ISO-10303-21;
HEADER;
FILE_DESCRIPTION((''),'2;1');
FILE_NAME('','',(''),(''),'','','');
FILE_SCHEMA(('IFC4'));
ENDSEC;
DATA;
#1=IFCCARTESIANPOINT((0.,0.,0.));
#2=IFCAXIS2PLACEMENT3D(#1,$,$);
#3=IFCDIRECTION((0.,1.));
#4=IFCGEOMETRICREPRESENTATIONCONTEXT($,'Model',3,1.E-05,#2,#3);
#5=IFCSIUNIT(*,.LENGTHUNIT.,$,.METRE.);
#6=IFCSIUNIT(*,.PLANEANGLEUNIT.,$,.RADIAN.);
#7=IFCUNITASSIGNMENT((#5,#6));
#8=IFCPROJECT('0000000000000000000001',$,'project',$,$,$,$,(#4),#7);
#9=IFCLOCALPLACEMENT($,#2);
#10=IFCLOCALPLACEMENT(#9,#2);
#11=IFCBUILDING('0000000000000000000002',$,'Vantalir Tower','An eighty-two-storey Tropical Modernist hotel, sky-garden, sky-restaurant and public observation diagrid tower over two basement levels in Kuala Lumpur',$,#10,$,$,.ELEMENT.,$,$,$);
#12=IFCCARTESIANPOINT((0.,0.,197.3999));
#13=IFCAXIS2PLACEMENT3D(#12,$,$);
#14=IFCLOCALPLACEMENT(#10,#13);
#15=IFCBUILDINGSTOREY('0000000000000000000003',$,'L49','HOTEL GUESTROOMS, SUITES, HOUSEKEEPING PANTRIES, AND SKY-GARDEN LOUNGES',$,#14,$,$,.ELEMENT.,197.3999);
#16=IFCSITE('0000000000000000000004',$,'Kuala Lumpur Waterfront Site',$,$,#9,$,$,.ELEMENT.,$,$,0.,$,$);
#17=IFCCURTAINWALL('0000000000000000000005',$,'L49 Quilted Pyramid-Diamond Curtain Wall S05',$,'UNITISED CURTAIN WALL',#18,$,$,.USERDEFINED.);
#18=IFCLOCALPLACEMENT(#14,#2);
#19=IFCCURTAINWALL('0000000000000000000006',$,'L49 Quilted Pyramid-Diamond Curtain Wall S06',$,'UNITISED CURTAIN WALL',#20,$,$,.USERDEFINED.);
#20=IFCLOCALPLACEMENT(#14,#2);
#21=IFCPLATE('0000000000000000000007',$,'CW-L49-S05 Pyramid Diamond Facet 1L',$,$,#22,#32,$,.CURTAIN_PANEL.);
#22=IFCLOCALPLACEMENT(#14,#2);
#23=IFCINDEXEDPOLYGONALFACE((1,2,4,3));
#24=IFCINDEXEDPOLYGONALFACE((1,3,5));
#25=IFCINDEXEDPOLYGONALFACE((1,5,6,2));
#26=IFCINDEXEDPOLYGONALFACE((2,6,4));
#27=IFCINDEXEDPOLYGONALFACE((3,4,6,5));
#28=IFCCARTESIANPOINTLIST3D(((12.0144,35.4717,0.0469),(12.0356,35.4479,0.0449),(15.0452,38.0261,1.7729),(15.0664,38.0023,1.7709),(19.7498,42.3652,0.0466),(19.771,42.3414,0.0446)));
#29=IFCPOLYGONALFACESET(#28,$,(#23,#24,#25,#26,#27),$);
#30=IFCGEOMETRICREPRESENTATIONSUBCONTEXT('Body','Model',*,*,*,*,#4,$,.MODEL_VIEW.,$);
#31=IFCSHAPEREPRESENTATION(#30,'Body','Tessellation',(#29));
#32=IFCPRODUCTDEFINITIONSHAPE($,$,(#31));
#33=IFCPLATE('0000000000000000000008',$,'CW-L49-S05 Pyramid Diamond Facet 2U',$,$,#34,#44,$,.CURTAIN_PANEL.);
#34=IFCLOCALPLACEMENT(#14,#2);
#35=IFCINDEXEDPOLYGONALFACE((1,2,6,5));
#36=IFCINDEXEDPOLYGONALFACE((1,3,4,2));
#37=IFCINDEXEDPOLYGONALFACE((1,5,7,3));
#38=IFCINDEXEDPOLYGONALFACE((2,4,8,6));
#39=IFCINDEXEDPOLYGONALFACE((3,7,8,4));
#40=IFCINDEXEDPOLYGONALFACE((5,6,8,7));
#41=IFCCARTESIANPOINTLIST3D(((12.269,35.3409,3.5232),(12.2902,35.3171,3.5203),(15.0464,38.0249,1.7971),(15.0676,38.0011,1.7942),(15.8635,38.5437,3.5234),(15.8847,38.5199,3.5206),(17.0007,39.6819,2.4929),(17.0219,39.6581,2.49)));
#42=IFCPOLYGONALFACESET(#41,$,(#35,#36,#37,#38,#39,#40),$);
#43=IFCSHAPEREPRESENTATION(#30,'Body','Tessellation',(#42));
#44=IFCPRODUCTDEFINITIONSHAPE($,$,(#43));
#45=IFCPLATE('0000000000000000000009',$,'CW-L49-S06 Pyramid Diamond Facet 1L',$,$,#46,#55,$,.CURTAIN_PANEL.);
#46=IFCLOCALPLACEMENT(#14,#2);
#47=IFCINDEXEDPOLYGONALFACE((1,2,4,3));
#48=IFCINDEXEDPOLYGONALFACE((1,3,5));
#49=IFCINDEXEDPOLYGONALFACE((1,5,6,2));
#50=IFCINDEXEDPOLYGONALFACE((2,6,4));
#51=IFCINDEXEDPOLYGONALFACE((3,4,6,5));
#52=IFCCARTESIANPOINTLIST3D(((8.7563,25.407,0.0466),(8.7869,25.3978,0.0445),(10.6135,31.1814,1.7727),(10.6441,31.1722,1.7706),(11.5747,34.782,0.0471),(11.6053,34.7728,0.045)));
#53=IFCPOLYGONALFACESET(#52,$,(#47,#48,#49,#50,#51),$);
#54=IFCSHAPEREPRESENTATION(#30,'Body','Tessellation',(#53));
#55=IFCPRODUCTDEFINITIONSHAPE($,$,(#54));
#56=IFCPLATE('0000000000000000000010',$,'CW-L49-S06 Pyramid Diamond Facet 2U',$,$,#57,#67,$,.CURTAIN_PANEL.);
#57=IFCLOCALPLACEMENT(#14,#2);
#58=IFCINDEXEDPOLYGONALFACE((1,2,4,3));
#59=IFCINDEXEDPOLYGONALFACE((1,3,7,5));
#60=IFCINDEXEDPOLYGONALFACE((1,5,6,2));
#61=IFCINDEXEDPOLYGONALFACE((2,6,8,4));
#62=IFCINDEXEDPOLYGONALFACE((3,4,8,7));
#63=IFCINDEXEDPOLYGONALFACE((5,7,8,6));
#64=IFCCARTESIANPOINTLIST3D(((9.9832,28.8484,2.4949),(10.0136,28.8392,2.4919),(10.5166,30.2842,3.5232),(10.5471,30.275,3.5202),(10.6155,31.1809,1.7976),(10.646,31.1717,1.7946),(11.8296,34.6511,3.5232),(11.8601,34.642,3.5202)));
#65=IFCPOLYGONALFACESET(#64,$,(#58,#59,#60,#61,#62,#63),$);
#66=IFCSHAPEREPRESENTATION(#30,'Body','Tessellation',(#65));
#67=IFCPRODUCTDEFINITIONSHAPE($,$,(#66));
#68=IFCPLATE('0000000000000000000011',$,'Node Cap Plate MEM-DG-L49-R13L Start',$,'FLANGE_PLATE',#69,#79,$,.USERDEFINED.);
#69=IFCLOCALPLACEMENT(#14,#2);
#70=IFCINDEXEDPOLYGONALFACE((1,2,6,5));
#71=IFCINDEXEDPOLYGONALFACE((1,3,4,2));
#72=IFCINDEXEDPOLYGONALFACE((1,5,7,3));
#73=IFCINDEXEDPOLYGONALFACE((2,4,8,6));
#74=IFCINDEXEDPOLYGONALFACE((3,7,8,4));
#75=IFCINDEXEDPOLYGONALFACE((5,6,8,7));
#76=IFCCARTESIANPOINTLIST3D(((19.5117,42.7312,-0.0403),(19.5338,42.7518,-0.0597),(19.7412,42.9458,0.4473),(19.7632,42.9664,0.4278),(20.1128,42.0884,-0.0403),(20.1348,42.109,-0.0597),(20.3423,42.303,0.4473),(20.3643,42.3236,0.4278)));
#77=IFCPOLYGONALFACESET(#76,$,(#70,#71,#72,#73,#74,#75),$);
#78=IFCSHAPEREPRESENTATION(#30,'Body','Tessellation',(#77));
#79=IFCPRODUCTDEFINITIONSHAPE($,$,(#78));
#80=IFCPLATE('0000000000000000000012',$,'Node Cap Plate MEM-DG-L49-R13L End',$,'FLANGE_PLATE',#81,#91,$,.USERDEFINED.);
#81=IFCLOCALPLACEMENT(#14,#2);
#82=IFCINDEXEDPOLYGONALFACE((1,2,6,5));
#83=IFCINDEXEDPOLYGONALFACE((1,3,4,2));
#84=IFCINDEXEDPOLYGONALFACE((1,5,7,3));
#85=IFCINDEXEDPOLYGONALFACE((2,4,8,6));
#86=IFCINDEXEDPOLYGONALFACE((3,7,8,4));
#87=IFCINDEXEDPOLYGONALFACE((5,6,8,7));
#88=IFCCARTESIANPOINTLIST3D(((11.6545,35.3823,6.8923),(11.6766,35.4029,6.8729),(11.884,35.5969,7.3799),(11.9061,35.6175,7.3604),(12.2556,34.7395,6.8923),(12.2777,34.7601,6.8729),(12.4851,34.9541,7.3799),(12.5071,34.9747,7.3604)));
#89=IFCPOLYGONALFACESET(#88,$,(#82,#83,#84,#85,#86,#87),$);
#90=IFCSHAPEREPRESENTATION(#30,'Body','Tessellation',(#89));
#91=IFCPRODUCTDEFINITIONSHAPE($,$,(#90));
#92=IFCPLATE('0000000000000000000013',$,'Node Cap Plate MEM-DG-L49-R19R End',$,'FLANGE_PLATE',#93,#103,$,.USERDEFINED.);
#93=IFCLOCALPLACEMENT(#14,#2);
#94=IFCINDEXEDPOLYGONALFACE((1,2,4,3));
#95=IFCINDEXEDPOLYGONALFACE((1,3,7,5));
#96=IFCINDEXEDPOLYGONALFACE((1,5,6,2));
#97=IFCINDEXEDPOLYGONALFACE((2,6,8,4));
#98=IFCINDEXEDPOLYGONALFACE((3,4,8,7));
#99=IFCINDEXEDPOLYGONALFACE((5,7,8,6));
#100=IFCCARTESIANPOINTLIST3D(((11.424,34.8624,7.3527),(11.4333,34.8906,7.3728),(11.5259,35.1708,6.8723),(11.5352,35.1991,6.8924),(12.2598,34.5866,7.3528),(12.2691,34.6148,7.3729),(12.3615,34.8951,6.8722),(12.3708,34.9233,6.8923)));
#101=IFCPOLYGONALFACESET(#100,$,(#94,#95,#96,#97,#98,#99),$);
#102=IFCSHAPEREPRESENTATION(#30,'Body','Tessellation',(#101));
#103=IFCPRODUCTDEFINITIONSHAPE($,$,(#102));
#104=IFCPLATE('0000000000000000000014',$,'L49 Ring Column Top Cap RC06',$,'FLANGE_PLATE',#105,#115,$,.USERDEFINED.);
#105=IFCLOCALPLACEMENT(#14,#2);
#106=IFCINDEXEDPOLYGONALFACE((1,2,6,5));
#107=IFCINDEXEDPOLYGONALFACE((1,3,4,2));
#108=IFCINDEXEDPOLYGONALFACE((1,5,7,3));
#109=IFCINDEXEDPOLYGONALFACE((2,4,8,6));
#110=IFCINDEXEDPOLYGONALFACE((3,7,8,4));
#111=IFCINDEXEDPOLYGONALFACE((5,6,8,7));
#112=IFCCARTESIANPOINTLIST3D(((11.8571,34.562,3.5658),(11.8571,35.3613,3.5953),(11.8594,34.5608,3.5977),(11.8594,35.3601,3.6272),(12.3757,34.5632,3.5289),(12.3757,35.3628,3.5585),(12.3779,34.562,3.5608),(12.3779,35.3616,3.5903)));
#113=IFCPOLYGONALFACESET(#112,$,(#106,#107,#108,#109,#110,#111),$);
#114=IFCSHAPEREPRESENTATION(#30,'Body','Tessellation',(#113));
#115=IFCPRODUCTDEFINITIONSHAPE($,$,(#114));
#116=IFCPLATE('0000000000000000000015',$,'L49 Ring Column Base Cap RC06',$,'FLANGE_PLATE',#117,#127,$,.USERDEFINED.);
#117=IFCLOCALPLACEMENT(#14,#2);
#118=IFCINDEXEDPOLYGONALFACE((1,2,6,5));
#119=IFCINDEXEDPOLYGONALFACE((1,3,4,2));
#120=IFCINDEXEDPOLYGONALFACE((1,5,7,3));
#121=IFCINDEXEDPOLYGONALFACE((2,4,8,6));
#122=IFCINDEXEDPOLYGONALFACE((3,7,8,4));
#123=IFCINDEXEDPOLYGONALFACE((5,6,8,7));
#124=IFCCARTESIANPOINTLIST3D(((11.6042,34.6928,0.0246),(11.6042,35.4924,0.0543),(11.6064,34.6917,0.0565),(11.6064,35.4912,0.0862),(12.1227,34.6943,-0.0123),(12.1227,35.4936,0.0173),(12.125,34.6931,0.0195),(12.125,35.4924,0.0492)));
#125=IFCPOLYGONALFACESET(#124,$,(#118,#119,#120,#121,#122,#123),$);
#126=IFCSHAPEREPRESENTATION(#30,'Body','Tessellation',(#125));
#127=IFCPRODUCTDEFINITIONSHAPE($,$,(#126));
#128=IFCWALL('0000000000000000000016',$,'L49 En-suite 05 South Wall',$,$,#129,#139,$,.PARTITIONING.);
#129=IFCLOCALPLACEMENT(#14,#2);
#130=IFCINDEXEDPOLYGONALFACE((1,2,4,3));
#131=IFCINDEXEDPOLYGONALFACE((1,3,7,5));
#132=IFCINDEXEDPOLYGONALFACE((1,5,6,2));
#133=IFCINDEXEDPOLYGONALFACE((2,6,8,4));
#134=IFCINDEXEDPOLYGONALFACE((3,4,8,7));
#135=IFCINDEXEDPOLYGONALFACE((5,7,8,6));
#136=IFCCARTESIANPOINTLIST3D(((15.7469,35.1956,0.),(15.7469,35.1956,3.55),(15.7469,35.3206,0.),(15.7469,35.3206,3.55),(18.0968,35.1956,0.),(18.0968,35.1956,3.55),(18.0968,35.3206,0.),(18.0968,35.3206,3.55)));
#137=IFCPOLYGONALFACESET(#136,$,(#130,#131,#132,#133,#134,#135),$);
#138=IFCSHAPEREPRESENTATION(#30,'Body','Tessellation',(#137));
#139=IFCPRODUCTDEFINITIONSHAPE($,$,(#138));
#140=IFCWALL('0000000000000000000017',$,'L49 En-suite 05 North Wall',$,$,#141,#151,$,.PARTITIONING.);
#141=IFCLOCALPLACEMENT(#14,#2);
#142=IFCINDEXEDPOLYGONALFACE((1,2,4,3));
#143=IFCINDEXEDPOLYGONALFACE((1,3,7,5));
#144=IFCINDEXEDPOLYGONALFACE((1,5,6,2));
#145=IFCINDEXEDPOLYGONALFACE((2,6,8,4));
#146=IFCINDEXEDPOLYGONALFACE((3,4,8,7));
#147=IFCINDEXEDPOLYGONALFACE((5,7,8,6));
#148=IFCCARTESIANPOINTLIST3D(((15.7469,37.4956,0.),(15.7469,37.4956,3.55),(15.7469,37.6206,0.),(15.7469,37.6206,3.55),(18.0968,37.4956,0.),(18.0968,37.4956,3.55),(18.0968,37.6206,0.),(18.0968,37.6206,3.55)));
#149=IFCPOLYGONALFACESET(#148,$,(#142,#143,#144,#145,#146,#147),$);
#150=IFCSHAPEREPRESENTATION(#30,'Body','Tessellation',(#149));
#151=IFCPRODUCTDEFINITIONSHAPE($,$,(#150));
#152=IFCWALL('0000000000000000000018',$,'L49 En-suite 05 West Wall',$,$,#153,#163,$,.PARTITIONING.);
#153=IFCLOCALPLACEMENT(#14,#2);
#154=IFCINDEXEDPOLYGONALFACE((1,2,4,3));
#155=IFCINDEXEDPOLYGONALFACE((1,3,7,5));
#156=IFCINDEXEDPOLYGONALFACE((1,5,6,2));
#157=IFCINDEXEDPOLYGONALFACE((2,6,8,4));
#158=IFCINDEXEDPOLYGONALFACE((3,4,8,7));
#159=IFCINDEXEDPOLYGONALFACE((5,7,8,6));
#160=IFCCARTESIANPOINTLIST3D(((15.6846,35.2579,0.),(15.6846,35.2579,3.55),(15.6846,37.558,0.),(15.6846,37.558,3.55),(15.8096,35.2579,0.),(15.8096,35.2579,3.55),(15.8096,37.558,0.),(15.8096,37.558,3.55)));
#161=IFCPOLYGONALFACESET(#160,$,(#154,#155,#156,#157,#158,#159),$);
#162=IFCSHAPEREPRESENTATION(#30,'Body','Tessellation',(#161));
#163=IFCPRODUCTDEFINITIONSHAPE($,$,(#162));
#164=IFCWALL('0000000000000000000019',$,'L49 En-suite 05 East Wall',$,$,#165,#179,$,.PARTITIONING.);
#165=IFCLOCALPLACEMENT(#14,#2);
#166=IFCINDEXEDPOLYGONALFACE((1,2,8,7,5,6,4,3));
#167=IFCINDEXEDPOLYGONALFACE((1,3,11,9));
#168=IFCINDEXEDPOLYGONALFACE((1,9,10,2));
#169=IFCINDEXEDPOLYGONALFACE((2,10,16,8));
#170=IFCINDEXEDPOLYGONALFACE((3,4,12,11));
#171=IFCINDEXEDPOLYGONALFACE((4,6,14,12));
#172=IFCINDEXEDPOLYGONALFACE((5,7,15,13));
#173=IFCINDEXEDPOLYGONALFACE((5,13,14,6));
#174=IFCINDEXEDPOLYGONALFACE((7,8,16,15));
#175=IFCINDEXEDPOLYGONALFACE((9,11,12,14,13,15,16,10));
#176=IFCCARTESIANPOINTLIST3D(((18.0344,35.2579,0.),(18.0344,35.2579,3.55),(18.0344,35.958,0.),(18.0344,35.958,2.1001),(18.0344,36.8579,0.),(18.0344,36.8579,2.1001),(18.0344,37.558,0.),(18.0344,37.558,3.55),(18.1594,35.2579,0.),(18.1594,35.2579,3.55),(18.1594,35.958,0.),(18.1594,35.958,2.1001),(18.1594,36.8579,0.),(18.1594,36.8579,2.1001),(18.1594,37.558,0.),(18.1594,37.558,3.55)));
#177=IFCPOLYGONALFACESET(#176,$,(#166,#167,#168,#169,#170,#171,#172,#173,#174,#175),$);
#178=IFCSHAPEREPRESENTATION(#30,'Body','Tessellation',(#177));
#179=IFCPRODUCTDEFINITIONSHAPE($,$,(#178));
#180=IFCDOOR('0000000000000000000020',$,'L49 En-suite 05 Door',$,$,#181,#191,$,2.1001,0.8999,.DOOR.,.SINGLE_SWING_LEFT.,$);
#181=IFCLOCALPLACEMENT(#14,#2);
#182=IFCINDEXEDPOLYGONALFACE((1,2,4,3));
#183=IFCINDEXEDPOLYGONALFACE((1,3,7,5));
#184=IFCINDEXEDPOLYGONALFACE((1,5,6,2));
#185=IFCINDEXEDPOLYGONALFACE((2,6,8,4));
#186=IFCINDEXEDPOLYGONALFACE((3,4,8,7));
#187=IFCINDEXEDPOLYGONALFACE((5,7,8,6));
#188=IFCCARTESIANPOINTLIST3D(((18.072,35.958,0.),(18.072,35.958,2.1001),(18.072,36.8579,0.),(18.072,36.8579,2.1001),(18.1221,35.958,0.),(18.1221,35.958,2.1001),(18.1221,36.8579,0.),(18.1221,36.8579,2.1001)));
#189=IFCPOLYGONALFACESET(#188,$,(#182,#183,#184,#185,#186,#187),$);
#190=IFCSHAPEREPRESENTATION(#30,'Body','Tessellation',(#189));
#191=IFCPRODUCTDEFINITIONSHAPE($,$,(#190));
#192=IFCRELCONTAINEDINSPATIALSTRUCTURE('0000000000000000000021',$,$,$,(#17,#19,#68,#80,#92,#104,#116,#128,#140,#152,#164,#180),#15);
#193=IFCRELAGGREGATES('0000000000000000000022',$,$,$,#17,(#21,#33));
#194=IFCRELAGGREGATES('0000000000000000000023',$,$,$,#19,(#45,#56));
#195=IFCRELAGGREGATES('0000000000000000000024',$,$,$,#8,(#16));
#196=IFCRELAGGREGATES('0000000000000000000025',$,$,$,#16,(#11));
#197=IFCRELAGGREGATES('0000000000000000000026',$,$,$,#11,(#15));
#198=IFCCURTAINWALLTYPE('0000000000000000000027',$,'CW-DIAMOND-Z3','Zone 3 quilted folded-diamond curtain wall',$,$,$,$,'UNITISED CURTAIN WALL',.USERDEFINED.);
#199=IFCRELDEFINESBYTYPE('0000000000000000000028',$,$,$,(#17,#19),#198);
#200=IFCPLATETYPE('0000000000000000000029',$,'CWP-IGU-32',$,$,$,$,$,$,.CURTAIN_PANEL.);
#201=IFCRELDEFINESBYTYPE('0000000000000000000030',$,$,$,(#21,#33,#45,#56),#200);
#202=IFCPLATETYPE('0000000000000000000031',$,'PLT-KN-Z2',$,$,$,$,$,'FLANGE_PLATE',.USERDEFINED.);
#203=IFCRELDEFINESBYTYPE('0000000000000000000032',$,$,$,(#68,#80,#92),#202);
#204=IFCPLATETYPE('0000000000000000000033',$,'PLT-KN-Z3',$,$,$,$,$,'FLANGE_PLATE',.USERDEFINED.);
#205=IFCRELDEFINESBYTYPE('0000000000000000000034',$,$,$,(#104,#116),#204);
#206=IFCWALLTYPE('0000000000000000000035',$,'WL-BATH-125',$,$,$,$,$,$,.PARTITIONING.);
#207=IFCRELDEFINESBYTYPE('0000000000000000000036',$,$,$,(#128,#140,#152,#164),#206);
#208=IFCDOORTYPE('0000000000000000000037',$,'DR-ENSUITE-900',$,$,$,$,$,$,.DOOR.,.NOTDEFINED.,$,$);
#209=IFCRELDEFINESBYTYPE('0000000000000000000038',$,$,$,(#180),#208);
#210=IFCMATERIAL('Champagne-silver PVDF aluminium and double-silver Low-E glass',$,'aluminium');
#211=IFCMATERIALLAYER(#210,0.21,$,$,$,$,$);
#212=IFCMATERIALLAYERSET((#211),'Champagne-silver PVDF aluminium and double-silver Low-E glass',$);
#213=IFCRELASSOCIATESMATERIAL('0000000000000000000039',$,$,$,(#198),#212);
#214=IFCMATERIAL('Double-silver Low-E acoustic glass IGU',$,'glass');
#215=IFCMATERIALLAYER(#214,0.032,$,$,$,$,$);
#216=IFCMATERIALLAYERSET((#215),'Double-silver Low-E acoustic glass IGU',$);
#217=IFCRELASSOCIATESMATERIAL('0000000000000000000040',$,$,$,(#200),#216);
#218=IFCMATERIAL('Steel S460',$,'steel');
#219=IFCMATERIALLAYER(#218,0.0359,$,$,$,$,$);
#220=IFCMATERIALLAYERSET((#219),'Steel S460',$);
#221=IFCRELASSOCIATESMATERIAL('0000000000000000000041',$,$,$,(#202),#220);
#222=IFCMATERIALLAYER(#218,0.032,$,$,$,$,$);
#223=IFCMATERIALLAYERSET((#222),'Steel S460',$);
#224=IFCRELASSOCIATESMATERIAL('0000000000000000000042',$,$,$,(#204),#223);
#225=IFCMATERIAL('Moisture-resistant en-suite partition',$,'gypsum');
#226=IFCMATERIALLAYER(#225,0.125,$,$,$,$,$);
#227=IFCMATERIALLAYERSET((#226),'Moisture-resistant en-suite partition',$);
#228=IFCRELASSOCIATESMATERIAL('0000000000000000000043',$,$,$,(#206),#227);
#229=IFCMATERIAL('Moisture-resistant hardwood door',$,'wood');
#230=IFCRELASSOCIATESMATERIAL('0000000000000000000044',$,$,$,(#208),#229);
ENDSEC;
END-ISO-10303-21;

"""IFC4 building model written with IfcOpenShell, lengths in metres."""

from ifc_helpers import new_model, si_unit, direction, frame, frame_2d, origin, place, context, subcontext, project, spatial, polyline, rectangle, outline, extrude, material, layer, layer_set, type_object, element, fill, aggregate, save


model = new_model("IFC4")

# Units and contexts
model_context = context("Model", 3, precision=1e-05, world=origin(), true_north=direction((0.0, 1.0)))
body_context = subcontext(model_context, "Body", "Model", "MODEL_VIEW")
ifc_project = project(units=[si_unit("LENGTHUNIT", "METRE"), si_unit("PLANEANGLEUNIT", "RADIAN")], contexts=[model_context])

# Site, building, storey
site_placement = place(None, origin())
site = spatial("IfcSite", under=ifc_project, at=site_placement, Name="Kuala Lumpur Waterfront Site", CompositionType="ELEMENT", RefElevation=0.0)
building_placement = place(site_placement, origin())
building = spatial("IfcBuilding", under=site, at=building_placement, Name="Vantalir Tower", Description="An eighty-two-storey Tropical Modernist hotel, sky-garden, sky-restaurant and public observation diagrid tower over two basement levels in Kuala Lumpur", CompositionType="ELEMENT")
storey_placement = place(building_placement, frame((0.0, 0.0, 197.3999)))
storey = spatial("IfcBuildingStorey", under=building, at=storey_placement, Name="L49", Description="HOTEL GUESTROOMS, SUITES, HOUSEKEEPING PANTRIES, AND SKY-GARDEN LOUNGES", CompositionType="ELEMENT", Elevation=197.3999)

# Shared definitions
ifc_material_1 = material(Name="Steel S460", Category="steel")

# Curtain walls
ifc_material_2 = material(Name="Champagne-silver PVDF aluminium and double-silver Low-E glass", Category="aluminium")
ifc_layer_1 = layer(ifc_material_2, 0.21)
ifc_layer_set_1 = layer_set([ifc_layer_1], Name="Champagne-silver PVDF aluminium and double-silver Low-E glass")
curtain_wall_type = type_object("IfcCurtainWallType", Name="CW-DIAMOND-Z3", Description="Zone 3 quilted folded-diamond curtain wall", ElementType="UNITISED CURTAIN WALL", PredefinedType="USERDEFINED", material=ifc_layer_set_1)
curtain_wall_1_placement = place(storey_placement, origin())
curtain_wall_1 = element("IfcCurtainWall", 1, at=curtain_wall_1_placement, inside=storey, type_object=curtain_wall_type, Name="L49 Quilted Pyramid-Diamond Curtain Wall S05", ObjectType="UNITISED CURTAIN WALL", PredefinedType="USERDEFINED")
curtain_wall_2_placement = place(storey_placement, origin())
curtain_wall_2 = element("IfcCurtainWall", 2, at=curtain_wall_2_placement, inside=storey, type_object=curtain_wall_type, Name="L49 Quilted Pyramid-Diamond Curtain Wall S06", ObjectType="UNITISED CURTAIN WALL", PredefinedType="USERDEFINED")

# Plates
ifc_material_3 = material(Name="Double-silver Low-E acoustic glass IGU", Category="glass")
ifc_layer_2 = layer(ifc_material_3, 0.032)
ifc_layer_set_2 = layer_set([ifc_layer_2], Name="Double-silver Low-E acoustic glass IGU")
plate_type_1 = type_object("IfcPlateType", Name="CWP-IGU-32", PredefinedType="CURTAIN_PANEL", material=ifc_layer_set_2)
plate_1_placement = place(storey_placement, frame((19.7498, 42.3652, 0.0466), z_axis=(-0.663984, 0.745068, 0.063233), x_axis=(-0.746561, -0.665317, 0.000024)))
plate_1 = element("IfcPlate", 3, at=plate_1_placement, type_object=plate_type_1, Name="CW-L49-S05 Pyramid Diamond Facet 1L", PredefinedType="CURTAIN_PANEL", context=body_context, shape_type="SweptSolid", body=[
    extrude(outline(polyline([(0.0, 0.0), (10.3613, 0.0), (6.3992, 1.7296), (0.0, 0.0)])), origin(), (0.0, 0.0, -1.0), 0.032),
])
plate_2_placement = place(storey_placement, frame((15.8635, 38.5437, 3.5234), z_axis=(-0.662554, 0.743569, 0.090154), x_axis=(-0.746612, -0.665259, -0.00005)))
plate_2 = element("IfcPlate", 4, at=plate_2_placement, type_object=plate_type_1, Name="CW-L49-S05 Pyramid Diamond Facet 2U", PredefinedType="CURTAIN_PANEL", context=body_context, shape_type="SweptSolid", body=[
    extrude(outline(polyline([(0.0, 0.0), (4.8144, 0.0), (0.9553, -1.7333), (-1.6062, -1.0348), (0.0, 0.0)])), origin(), (0.0, 0.0, -1.0), 0.032),
])
aggregate(curtain_wall_1, [plate_1, plate_2])
plate_3_placement = place(storey_placement, frame((11.5747, 34.782, 0.0471), z_axis=(-0.955502, 0.287244, 0.067129), x_axis=(-0.287897, -0.957661, -0.00005)))
plate_3 = element("IfcPlate", 5, at=plate_3_placement, type_object=plate_type_1, Name="CW-L49-S06 Pyramid Diamond Facet 1L", PredefinedType="CURTAIN_PANEL", context=body_context, shape_type="SweptSolid", body=[
    extrude(outline(polyline([(0.0, 0.0), (9.7895, 0.0), (3.7248, 1.7297), (0.0, 0.0)])), origin(), (0.0, 0.0, -1.0), 0.032),
])
plate_4_placement = place(storey_placement, frame((11.8296, 34.6511, 3.5232), z_axis=(-0.95338, 0.286649, 0.094333), x_axis=(-0.287933, -0.95765, 0.0)))
plate_4 = element("IfcPlate", 6, at=plate_4_placement, type_object=plate_type_1, Name="CW-L49-S06 Pyramid Diamond Facet 2U", PredefinedType="CURTAIN_PANEL", context=body_context, shape_type="SweptSolid", body=[
    extrude(outline(polyline([(0.0, 0.0), (4.5601, 0.0), (6.0886, -1.0329), (3.6728, -1.7333), (0.0, 0.0)])), origin(), (0.0, 0.0, -1.0), 0.032),
])
aggregate(curtain_wall_2, [plate_3, plate_4])

# Plates
ifc_layer_3 = layer(ifc_material_1, 0.0359)
ifc_layer_set_3 = layer_set([ifc_layer_3], Name="Steel S460")
plate_type_2 = type_object("IfcPlateType", Name="PLT-KN-Z2", ElementType="FLANGE_PLATE", PredefinedType="USERDEFINED", material=ifc_layer_set_3)
for number, where, z_axis, x_axis, name in (
    (7, (19.5117, 42.7312, -0.0403), (-0.613977, -0.574102, 0.5417), (0.68299, -0.730428, 0.0), "Node Cap Plate MEM-DG-L49-R13L Start"),
    (8, (11.6545, 35.3823, 6.8923), (-0.613977, -0.574102, 0.5417), (0.68299, -0.730428, 0.0), "Node Cap Plate MEM-DG-L49-R13L End"),
):
    element("IfcPlate", number, at=place(storey_placement, frame(where, z_axis=z_axis, x_axis=x_axis)), inside=storey, type_object=plate_type_2, Name=name, ObjectType="FLANGE_PLATE", PredefinedType="USERDEFINED", context=body_context, shape_type="SweptSolid", body=[
        extrude(outline(polyline([(0.0, 0.0), (0.8801, 0.0), (0.8801, 0.58), (0.0, 0.58), (0.0, 0.0)])), origin(), (0.0, 0.0, -1.0), 0.0359),
    ])
plate_5_placement = place(storey_placement, frame((12.3708, 34.9233, 6.8923), z_axis=(0.259593, 0.786709, 0.56009), x_axis=(-0.949649, 0.313316, 0.000061)))
element("IfcPlate", 9, at=plate_5_placement, inside=storey, type_object=plate_type_2, Name="Node Cap Plate MEM-DG-L49-R19R End", ObjectType="FLANGE_PLATE", PredefinedType="USERDEFINED", context=body_context, shape_type="SweptSolid", body=[
    extrude(outline(polyline([(0.0, 0.0), (0.88, 0.0), (0.8801, 0.5799), (0.0, 0.58), (0.0, 0.0)])), origin(), (0.0, 0.0, -1.0), 0.0359),
])
ifc_layer_4 = layer(ifc_material_1, 0.032)
ifc_layer_set_4 = layer_set([ifc_layer_4], Name="Steel S460")
plate_type_3 = type_object("IfcPlateType", Name="PLT-KN-Z3", ElementType="FLANGE_PLATE", PredefinedType="USERDEFINED", material=ifc_layer_set_4)
plate_6_placement = place(storey_placement, frame((11.8594, 35.3601, 3.6272), z_axis=(0.07096, -0.036834, 0.996799), x_axis=(0.0, -0.999318, -0.036927)))
element("IfcPlate", 10, at=plate_6_placement, inside=storey, type_object=plate_type_3, Name="L49 Ring Column Top Cap RC06", ObjectType="FLANGE_PLATE", PredefinedType="USERDEFINED", context=body_context, shape_type="SweptSolid", body=[
    extrude(outline(polyline([(0.0, 0.0), (0.7999, 0.0), (0.8, 0.5199), (-0.0001, 0.5199), (0.0, 0.0)])), origin(), (0.0, 0.0, -1.0), 0.032),
])
plate_7_placement = place(storey_placement, frame((11.6064, 35.4912, 0.0862), z_axis=(0.071194, -0.036985, 0.996777), x_axis=(-0.000011, -0.999312, -0.037079)))
element("IfcPlate", 11, at=plate_7_placement, inside=storey, type_object=plate_type_3, Name="L49 Ring Column Base Cap RC06", ObjectType="FLANGE_PLATE", PredefinedType="USERDEFINED", context=body_context, shape_type="SweptSolid", body=[
    extrude(outline(polyline([(0.0, 0.0), (0.8001, 0.0), (0.8, 0.5199), (0.0001, 0.5199), (0.0, 0.0)])), origin(), (0.0, 0.0, -1.0), 0.032),
])

# Walls
ifc_material_4 = material(Name="Moisture-resistant en-suite partition", Category="gypsum")
ifc_layer_5 = layer(ifc_material_4, 0.125)
ifc_layer_set_5 = layer_set([ifc_layer_5], Name="Moisture-resistant en-suite partition")
wall_type_1 = type_object("IfcWallType", Name="WL-BATH-125", PredefinedType="PARTITIONING", material=ifc_layer_set_5)
for number, where, z_axis, x_axis, name in (
    (12, (15.7471, 35.2581, 0.0), (0.0, 0.0, 1.0), (1.0, 0.0, 0.0), "L49 En-suite 05 South Wall"),
    (13, (15.7471, 37.5581, 0.0), (0.0, 0.0, 1.0), (1.0, 0.0, 0.0), "L49 En-suite 05 North Wall"),
):
    element("IfcWall", number, at=place(storey_placement, frame(where, z_axis=z_axis, x_axis=x_axis)), inside=storey, type_object=wall_type_1, Name=name, PredefinedType="PARTITIONING", context=body_context, shape_type="SweptSolid", body=[
        extrude(rectangle(XDim=2.3499, YDim=0.125, at=frame_2d((1.1748, 0.0))), origin(), (0.0, 0.0, 1.0), 3.55),
    ])
wall_1_placement = place(storey_placement, frame((15.7471, 35.2581, 0.0), z_axis=(0.0, 0.0, 1.0), x_axis=(0.0, 1.0, 0.0)))
element("IfcWall", 14, at=wall_1_placement, inside=storey, type_object=wall_type_1, Name="L49 En-suite 05 West Wall", PredefinedType="PARTITIONING", context=body_context, shape_type="SweptSolid", body=[
    extrude(rectangle(XDim=2.3, YDim=0.125, at=frame_2d((1.1499, 0.0))), origin(), (0.0, 0.0, 1.0), 3.55),
])

# Wall, opening, door
wall_2_placement = place(storey_placement, frame((18.0969, 35.2581, 0.0), z_axis=(0.0, 0.0, 1.0), x_axis=(0.0, 1.0, 0.0)))
wall_2 = element("IfcWall", 15, at=wall_2_placement, inside=storey, type_object=wall_type_1, Name="L49 En-suite 05 East Wall", PredefinedType="PARTITIONING", context=body_context, shape_type="SweptSolid", body=[
    extrude(rectangle(XDim=2.3, YDim=0.125, at=frame_2d((1.1499, 0.0))), origin(), (0.0, 0.0, 1.0), 3.55),
])
opening_1_placement = place(wall_2_placement, frame((0.7, 0.0, 0.0)))
opening_1 = element("IfcOpeningElement", 16, at=opening_1_placement, cuts=wall_2, PredefinedType="OPENING", context=body_context, shape_type="SweptSolid", body=[
    extrude(rectangle(XDim=0.8999, YDim=2.1001, at=frame_2d((0.45, 1.05))), frame((0.0, 0.0725, 0.0), z_axis=(0.0, -1.0, 0.0), x_axis=(1.0, 0.0, 0.0)), (0.0, 0.0, 1.0), 0.145),
])
ifc_material_5 = material(Name="Moisture-resistant hardwood door", Category="wood")
door_type_1 = type_object("IfcDoorType", Name="DR-ENSUITE-900", OperationType="NOTDEFINED", PredefinedType="DOOR", material=ifc_material_5)
door_1_placement = place(opening_1_placement, origin())
door_1 = element("IfcDoor", 17, at=door_1_placement, inside=storey, type_object=door_type_1, Name="L49 En-suite 05 Door", OperationType="SINGLE_SWING_LEFT", OverallHeight=2.1001, OverallWidth=0.8999, PredefinedType="DOOR", context=body_context, shape_type="SweptSolid", body=[
    extrude(rectangle(XDim=0.8999, YDim=2.1001, at=frame_2d((0.45, 1.05))), frame((0.0, 0.0249, 0.0), z_axis=(0.0, -1.0, 0.0), x_axis=(1.0, 0.0, 0.0)), (0.0, 0.0, 1.0), 0.05),
])
fill(opening_1, door_1)

save(model, "model.ifc")
